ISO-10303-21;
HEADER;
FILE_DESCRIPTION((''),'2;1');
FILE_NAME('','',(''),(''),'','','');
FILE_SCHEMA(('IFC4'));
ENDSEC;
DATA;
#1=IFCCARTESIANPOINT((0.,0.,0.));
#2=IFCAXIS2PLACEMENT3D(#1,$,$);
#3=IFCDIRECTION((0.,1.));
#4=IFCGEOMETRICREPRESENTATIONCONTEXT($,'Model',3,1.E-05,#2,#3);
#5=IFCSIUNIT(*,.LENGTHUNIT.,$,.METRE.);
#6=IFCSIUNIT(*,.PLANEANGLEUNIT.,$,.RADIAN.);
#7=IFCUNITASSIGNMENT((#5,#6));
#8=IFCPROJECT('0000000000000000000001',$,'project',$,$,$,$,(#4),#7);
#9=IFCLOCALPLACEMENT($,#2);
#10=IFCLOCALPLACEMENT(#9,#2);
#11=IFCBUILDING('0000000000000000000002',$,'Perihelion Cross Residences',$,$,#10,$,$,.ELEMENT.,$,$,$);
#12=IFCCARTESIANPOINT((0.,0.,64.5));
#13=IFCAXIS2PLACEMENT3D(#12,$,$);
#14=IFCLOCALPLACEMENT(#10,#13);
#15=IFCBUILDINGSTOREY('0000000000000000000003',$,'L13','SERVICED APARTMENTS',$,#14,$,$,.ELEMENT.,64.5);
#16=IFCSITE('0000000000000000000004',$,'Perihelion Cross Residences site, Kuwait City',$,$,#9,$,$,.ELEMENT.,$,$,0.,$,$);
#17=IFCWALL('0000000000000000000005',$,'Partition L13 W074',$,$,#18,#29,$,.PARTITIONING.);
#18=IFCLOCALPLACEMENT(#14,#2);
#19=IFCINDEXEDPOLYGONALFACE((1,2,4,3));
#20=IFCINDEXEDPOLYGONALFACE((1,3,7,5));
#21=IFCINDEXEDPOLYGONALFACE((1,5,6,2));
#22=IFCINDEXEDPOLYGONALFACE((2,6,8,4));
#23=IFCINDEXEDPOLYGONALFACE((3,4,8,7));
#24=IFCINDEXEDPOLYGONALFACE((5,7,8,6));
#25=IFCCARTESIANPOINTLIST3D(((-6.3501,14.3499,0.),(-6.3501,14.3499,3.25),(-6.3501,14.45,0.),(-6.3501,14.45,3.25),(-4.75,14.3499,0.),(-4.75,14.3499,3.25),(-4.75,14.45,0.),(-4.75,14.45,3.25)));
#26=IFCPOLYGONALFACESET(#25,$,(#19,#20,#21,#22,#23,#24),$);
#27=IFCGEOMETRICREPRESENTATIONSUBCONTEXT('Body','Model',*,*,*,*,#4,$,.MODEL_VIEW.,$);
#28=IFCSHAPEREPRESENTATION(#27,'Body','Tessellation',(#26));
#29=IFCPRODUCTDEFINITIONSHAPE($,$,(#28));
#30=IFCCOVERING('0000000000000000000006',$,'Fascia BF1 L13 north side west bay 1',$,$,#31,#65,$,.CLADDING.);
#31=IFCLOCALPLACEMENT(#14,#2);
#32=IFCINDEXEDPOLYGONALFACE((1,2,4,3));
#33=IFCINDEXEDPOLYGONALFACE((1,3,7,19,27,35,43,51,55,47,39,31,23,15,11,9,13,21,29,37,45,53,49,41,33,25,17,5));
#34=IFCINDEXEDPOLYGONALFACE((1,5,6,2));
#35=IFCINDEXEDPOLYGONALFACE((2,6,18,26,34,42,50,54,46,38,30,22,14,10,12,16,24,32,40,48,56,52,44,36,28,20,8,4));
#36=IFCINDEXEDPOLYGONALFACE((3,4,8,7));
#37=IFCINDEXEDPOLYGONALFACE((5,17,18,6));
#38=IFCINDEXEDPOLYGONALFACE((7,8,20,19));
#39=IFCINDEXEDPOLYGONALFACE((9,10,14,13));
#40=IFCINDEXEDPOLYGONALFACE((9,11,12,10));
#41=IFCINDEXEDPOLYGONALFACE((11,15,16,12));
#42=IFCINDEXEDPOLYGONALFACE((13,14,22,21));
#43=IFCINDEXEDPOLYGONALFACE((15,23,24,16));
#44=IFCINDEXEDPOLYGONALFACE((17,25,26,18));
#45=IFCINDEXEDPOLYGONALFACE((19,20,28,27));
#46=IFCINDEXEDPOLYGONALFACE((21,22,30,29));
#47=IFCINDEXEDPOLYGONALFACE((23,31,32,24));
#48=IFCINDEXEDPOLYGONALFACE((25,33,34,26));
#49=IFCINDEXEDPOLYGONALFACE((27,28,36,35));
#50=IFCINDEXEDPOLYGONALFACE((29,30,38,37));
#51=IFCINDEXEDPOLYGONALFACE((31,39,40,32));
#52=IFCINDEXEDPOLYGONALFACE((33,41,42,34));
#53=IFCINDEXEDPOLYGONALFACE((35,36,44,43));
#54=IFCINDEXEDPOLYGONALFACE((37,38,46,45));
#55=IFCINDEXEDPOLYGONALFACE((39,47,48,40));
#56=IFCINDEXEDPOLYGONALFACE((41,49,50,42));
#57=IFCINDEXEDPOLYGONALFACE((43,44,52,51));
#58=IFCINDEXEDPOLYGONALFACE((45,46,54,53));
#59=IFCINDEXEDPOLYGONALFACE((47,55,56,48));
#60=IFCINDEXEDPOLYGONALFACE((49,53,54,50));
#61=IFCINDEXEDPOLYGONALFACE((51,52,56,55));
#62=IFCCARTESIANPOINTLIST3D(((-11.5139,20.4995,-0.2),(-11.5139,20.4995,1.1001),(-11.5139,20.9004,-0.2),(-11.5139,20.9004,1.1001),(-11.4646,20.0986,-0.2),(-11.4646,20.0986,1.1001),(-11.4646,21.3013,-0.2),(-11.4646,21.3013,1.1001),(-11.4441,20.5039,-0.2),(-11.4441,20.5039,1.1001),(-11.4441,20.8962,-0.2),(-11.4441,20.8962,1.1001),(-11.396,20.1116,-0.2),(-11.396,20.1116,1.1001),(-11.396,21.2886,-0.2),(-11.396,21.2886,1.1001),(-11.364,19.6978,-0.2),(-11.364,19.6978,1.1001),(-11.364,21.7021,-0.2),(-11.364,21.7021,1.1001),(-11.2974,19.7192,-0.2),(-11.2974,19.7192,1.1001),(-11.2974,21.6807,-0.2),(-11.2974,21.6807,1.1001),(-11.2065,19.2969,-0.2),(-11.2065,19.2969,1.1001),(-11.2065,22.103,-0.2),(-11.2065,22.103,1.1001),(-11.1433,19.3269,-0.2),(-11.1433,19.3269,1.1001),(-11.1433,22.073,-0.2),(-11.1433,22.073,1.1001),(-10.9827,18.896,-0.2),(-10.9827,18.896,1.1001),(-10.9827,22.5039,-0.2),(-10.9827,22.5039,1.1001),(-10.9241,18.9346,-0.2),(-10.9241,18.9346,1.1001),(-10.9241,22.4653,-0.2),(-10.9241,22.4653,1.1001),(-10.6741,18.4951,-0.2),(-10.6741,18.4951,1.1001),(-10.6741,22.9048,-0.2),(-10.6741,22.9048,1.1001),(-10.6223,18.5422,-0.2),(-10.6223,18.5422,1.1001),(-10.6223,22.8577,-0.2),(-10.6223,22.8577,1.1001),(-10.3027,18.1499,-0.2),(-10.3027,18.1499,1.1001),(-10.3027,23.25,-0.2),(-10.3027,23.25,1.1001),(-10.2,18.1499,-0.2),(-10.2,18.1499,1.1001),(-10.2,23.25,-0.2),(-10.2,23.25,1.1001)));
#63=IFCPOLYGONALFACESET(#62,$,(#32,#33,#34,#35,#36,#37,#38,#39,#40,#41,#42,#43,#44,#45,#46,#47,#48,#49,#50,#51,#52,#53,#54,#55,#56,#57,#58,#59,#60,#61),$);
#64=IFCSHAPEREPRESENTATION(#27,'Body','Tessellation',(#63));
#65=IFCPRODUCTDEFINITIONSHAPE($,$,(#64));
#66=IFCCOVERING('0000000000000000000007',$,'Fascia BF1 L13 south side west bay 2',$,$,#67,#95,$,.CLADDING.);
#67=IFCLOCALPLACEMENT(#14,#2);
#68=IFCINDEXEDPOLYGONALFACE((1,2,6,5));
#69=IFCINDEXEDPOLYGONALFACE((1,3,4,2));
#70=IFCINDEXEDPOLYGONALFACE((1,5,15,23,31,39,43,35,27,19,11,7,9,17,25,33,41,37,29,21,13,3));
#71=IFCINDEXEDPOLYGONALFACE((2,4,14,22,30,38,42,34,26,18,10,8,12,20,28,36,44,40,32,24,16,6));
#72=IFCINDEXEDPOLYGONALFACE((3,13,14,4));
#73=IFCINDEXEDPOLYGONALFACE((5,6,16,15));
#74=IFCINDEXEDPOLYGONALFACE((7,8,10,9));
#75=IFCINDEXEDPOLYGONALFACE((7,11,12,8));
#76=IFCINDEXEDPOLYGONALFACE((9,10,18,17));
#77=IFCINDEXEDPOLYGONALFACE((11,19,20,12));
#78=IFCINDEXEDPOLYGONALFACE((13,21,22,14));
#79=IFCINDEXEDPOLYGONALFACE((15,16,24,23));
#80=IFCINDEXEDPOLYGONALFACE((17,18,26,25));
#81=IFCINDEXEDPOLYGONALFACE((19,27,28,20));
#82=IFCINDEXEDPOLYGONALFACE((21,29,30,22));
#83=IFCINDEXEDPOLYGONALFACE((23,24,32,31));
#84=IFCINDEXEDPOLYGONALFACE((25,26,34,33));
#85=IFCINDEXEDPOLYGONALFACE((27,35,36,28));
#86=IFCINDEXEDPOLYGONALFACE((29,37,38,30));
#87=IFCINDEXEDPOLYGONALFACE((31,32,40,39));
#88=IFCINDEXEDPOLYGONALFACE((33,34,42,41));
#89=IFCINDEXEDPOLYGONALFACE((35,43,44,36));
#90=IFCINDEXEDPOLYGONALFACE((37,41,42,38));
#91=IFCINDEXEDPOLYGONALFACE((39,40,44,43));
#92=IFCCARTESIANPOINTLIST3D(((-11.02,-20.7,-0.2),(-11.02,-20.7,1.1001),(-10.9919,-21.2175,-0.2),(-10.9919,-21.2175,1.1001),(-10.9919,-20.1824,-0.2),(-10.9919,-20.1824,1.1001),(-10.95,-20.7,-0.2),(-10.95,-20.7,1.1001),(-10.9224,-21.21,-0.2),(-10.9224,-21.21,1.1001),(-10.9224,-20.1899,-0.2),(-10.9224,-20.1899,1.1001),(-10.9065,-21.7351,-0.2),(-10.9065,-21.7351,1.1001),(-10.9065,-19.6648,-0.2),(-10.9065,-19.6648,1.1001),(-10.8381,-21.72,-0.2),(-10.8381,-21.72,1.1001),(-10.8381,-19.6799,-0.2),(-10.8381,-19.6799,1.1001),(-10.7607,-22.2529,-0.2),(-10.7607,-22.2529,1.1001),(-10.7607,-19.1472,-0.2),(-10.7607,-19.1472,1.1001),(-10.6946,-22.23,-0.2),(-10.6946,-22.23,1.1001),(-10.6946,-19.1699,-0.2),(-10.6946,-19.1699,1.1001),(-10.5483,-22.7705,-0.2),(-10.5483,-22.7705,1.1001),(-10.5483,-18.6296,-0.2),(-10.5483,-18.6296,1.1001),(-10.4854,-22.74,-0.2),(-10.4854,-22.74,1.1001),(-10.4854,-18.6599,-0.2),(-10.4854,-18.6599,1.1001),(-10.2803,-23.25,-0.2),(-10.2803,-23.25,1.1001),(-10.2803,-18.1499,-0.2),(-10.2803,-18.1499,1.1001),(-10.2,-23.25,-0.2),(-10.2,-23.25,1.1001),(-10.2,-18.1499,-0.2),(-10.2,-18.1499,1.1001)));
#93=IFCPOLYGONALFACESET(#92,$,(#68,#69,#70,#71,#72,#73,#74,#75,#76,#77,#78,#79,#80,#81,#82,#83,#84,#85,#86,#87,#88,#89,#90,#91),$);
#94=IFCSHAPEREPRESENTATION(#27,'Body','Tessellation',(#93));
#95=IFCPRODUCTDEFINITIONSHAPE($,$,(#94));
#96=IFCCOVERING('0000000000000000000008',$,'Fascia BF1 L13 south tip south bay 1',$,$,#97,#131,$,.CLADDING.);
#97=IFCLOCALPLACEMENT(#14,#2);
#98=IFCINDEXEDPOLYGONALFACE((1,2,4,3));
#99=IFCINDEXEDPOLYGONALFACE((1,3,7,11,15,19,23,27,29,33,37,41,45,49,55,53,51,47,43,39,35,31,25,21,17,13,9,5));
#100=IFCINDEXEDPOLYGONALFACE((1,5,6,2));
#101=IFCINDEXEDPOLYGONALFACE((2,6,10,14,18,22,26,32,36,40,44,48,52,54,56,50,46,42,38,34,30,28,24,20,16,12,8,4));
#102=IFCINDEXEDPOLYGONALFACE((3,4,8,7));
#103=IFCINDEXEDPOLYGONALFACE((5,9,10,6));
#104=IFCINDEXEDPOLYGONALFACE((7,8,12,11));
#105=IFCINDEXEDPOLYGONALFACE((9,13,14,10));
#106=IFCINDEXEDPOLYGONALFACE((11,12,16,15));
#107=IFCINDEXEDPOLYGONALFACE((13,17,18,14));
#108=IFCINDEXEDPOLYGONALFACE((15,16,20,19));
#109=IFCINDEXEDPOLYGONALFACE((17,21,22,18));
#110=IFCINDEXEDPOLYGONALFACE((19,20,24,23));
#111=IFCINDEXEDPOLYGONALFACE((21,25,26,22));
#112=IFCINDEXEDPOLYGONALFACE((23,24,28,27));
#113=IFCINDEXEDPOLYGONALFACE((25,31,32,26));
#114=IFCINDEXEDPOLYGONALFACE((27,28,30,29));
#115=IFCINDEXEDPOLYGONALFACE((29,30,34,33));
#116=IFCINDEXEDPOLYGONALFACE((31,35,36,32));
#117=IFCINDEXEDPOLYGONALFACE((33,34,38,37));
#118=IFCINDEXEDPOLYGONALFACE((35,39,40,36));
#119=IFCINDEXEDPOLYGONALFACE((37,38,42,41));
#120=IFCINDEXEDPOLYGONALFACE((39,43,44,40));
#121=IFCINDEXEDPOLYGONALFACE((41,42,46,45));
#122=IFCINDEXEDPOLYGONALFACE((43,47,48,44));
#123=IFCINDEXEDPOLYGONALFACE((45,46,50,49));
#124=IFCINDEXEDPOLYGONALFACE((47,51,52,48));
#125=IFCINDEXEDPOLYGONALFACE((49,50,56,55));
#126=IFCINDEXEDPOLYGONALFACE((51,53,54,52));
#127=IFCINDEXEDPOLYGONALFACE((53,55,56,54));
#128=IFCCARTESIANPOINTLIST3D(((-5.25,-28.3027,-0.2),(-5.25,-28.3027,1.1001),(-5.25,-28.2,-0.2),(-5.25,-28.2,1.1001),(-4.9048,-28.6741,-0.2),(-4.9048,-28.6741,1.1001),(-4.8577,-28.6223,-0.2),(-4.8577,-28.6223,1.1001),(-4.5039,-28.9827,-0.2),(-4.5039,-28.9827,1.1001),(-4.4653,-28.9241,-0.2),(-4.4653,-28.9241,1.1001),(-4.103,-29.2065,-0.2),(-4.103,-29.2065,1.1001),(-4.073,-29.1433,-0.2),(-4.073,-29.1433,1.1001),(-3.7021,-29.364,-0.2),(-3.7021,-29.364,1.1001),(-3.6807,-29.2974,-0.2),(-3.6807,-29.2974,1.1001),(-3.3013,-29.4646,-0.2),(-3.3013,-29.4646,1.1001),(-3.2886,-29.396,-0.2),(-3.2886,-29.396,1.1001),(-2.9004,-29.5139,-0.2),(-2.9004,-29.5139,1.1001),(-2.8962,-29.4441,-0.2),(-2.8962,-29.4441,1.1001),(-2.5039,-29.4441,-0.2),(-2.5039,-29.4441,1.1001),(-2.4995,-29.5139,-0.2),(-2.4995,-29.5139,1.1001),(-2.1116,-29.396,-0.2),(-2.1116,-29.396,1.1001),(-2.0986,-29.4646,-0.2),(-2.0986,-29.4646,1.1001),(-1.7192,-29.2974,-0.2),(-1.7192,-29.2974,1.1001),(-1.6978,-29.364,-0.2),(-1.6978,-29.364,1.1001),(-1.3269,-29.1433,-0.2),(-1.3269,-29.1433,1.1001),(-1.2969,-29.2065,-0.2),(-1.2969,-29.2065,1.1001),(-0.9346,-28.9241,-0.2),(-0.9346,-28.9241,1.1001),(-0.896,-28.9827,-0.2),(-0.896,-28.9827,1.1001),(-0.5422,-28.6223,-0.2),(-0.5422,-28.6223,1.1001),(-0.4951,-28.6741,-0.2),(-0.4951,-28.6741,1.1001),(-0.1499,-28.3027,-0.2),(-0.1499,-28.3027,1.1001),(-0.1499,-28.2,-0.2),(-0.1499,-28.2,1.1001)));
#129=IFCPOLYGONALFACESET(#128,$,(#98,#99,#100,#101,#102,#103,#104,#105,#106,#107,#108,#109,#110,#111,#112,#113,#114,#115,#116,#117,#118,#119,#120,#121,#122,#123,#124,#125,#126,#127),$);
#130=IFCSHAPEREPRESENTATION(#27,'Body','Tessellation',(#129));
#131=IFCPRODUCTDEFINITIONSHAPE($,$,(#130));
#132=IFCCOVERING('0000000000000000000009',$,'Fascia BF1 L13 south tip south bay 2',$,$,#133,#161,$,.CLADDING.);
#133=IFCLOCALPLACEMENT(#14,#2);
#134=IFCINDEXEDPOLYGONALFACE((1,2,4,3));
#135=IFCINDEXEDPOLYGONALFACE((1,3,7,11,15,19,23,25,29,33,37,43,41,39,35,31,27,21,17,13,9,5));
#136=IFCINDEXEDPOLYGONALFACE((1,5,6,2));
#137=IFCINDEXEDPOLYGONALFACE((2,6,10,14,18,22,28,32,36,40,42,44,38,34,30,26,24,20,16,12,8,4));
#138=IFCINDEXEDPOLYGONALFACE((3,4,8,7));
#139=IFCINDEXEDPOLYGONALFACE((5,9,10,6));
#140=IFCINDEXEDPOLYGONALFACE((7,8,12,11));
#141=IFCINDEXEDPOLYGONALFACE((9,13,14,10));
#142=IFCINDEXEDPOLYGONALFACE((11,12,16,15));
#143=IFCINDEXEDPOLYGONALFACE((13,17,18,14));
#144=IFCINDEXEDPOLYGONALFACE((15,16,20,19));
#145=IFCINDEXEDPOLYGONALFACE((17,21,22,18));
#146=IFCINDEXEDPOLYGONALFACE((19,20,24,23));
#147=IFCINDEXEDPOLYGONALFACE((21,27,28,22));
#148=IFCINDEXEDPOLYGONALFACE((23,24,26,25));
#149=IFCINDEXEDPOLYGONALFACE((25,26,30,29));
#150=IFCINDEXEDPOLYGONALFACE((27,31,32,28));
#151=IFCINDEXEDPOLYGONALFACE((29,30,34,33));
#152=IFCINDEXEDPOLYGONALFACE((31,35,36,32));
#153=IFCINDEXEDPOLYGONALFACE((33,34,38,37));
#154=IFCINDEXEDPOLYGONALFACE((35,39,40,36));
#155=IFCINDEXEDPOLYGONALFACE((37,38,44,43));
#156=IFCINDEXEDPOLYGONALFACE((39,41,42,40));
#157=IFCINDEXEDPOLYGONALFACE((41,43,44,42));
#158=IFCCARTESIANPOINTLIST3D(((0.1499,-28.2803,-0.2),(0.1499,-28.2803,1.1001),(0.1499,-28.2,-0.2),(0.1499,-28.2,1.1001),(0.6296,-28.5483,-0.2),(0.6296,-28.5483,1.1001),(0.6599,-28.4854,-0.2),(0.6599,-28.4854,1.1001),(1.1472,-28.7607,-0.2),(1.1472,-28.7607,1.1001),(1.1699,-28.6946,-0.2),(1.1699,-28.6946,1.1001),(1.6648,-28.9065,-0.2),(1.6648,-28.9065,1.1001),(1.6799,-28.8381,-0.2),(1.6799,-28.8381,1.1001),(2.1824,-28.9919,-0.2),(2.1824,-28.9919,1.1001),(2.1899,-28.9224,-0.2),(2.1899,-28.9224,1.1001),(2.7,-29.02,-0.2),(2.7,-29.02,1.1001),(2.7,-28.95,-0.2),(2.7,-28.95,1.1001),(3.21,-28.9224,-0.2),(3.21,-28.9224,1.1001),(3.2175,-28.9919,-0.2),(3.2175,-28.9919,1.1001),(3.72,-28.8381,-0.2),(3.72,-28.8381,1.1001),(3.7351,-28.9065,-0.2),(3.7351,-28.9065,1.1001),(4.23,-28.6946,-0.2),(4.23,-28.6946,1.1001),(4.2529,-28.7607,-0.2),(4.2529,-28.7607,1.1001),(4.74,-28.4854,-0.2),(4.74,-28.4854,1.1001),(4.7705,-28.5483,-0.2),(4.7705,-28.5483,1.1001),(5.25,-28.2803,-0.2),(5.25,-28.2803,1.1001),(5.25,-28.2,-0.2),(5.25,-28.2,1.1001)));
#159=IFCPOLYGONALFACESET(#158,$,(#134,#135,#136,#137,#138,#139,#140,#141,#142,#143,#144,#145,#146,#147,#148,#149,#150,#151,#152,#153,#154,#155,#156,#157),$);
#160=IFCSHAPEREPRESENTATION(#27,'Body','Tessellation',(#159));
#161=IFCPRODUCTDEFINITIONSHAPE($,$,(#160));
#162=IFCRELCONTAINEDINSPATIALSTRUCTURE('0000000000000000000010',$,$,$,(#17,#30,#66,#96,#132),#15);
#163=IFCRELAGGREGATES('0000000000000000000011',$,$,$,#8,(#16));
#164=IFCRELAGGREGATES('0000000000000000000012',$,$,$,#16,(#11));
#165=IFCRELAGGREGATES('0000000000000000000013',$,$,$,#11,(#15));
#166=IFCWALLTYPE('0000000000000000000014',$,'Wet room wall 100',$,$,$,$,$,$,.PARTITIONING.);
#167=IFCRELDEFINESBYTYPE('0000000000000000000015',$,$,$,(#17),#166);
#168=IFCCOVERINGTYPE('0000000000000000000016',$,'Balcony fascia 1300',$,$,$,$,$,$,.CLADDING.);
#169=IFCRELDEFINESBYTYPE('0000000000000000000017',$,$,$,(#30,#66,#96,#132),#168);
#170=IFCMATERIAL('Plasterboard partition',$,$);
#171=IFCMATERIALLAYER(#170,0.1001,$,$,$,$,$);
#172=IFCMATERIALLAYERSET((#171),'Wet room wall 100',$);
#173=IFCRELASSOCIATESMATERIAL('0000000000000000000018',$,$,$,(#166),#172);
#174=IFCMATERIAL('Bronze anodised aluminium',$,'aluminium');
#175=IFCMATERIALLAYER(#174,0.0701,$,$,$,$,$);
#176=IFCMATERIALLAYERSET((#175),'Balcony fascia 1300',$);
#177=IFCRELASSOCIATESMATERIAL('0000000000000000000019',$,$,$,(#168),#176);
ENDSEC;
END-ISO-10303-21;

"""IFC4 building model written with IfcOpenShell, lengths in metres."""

from ifc_helpers import new_model, si_unit, direction, frame, frame_2d, origin, place, context, subcontext, project, spatial, polyline, rectangle, outline, extrude, material, layer, layer_set, type_object, element, save


model = new_model("IFC4")

# Units and contexts
model_context = context("Model", 3, precision=1e-05, world=origin(), true_north=direction((0.0, 1.0)))
body_context = subcontext(model_context, "Body", "Model", "MODEL_VIEW")
ifc_project = project(units=[si_unit("LENGTHUNIT", "METRE"), si_unit("PLANEANGLEUNIT", "RADIAN")], contexts=[model_context])

# Site, building, storey
site_placement = place(None, origin())
site = spatial("IfcSite", under=ifc_project, at=site_placement, Name="Perihelion Cross Residences site, Kuwait City", CompositionType="ELEMENT", RefElevation=0.0)
building_placement = place(site_placement, origin())
building = spatial("IfcBuilding", under=site, at=building_placement, Name="Perihelion Cross Residences", CompositionType="ELEMENT")
storey_placement = place(building_placement, frame((0.0, 0.0, 64.5)))
storey = spatial("IfcBuildingStorey", under=building, at=storey_placement, Name="L13", Description="SERVICED APARTMENTS", CompositionType="ELEMENT", Elevation=64.5)

# Shared definitions
ifc_material_1 = material(Name="Plasterboard partition")
ifc_layer_1 = layer(ifc_material_1, 0.1001)
ifc_layer_set_1 = layer_set([ifc_layer_1], Name="Wet room wall 100")
wall_type_1 = type_object("IfcWallType", Name="Wet room wall 100", PredefinedType="PARTITIONING", material=ifc_layer_set_1)

# Wall
wall_1_placement = place(storey_placement, frame((-6.3501, 14.3999, 0.0), z_axis=(0.0, 0.0, 1.0), x_axis=(1.0, 0.0, 0.0)))
element("IfcWall", 1, at=wall_1_placement, inside=storey, type_object=wall_type_1, Name="Partition L13 W074", PredefinedType="PARTITIONING", context=body_context, shape_type="SweptSolid", body=[
    extrude(rectangle(XDim=1.6001, YDim=0.1001, at=frame_2d((0.8, 0.0))), origin(), (0.0, 0.0, 1.0), 3.25),
])

# Coverings
ifc_material_2 = material(Name="Bronze anodised aluminium", Category="aluminium")
ifc_layer_2 = layer(ifc_material_2, 0.0701)
ifc_layer_set_2 = layer_set([ifc_layer_2], Name="Balcony fascia 1300")
covering_type_1 = type_object("IfcCoveringType", Name="Balcony fascia 1300", PredefinedType="CLADDING", material=ifc_layer_set_2)
covering_1_placement = place(storey_placement, frame((0.0, 0.0, -0.2)))
element("IfcCovering", 2, at=covering_1_placement, inside=storey, type_object=covering_type_1, Name="Fascia BF1 L13 north side west bay 1", PredefinedType="CLADDING", context=body_context, shape_type="SweptSolid", body=[
    extrude(outline(polyline([(-10.6741, 22.9048), (-10.9827, 22.5039), (-11.2065, 22.103), (-11.364, 21.7021), (-11.4646, 21.3013), (-11.5139, 20.9004), (-11.5139, 20.4995), (-11.4646, 20.0986), (-11.364, 19.6978), (-11.2065, 19.2969), (-10.9827, 18.896), (-10.6741, 18.4951), (-10.3027, 18.1499), (-10.2, 18.1499), (-10.6223, 18.5422), (-10.9241, 18.9346), (-11.1433, 19.3269), (-11.2974, 19.7192), (-11.396, 20.1116), (-11.4441, 20.5039), (-11.4441, 20.8962), (-11.396, 21.2886), (-11.2974, 21.6807), (-11.1433, 22.073), (-10.9241, 22.4653), (-10.6223, 22.8577), (-10.2, 23.25), (-10.3027, 23.25), (-10.6741, 22.9048)])), origin(), (0.0, 0.0, 1.0), 1.3),
])
covering_2_placement = place(storey_placement, frame((0.0, 0.0, -0.2)))
element("IfcCovering", 3, at=covering_2_placement, inside=storey, type_object=covering_type_1, Name="Fascia BF1 L13 south side west bay 2", PredefinedType="CLADDING", context=body_context, shape_type="SweptSolid", body=[
    extrude(outline(polyline([(-10.5483, -18.6296), (-10.7607, -19.1472), (-10.9065, -19.6648), (-10.9919, -20.1824), (-11.02, -20.7), (-10.9919, -21.2175), (-10.9065, -21.7351), (-10.7607, -22.2529), (-10.5483, -22.7705), (-10.2803, -23.25), (-10.2, -23.25), (-10.4854, -22.74), (-10.6946, -22.23), (-10.8381, -21.72), (-10.9224, -21.21), (-10.95, -20.7), (-10.9224, -20.1899), (-10.8381, -19.6799), (-10.6946, -19.1699), (-10.4854, -18.6599), (-10.2, -18.1499), (-10.2803, -18.1499), (-10.5483, -18.6296)])), origin(), (0.0, 0.0, 1.0), 1.3),
])
covering_3_placement = place(storey_placement, frame((0.0, 0.0, -0.2)))
element("IfcCovering", 4, at=covering_3_placement, inside=storey, type_object=covering_type_1, Name="Fascia BF1 L13 south tip south bay 1", PredefinedType="CLADDING", context=body_context, shape_type="SweptSolid", body=[
    extrude(outline(polyline([(-4.9048, -28.6741), (-4.5039, -28.9827), (-4.103, -29.2065), (-3.7021, -29.364), (-3.3013, -29.4646), (-2.9004, -29.5139), (-2.4995, -29.5139), (-2.0986, -29.4646), (-1.6978, -29.364), (-1.2969, -29.2065), (-0.896, -28.9827), (-0.4951, -28.6741), (-0.1499, -28.3027), (-0.1499, -28.2), (-0.5422, -28.6223), (-0.9346, -28.9241), (-1.3269, -29.1433), (-1.7192, -29.2974), (-2.1116, -29.396), (-2.5039, -29.4441), (-2.8962, -29.4441), (-3.2886, -29.396), (-3.6807, -29.2974), (-4.073, -29.1433), (-4.4653, -28.9241), (-4.8577, -28.6223), (-5.25, -28.2), (-5.25, -28.3027), (-4.9048, -28.6741)])), origin(), (0.0, 0.0, 1.0), 1.3),
])
covering_4_placement = place(storey_placement, frame((0.0, 0.0, -0.2)))
element("IfcCovering", 5, at=covering_4_placement, inside=storey, type_object=covering_type_1, Name="Fascia BF1 L13 south tip south bay 2", PredefinedType="CLADDING", context=body_context, shape_type="SweptSolid", body=[
    extrude(outline(polyline([(0.6296, -28.5483), (1.1472, -28.7607), (1.6648, -28.9065), (2.1824, -28.9919), (2.7, -29.02), (3.2175, -28.9919), (3.7351, -28.9065), (4.2529, -28.7607), (4.7705, -28.5483), (5.25, -28.2803), (5.25, -28.2), (4.74, -28.4854), (4.23, -28.6946), (3.72, -28.8381), (3.21, -28.9224), (2.7, -28.95), (2.1899, -28.9224), (1.6799, -28.8381), (1.1699, -28.6946), (0.6599, -28.4854), (0.1499, -28.2), (0.1499, -28.2803), (0.6296, -28.5483)])), origin(), (0.0, 0.0, 1.0), 1.3),
])

save(model, "model.ifc")
